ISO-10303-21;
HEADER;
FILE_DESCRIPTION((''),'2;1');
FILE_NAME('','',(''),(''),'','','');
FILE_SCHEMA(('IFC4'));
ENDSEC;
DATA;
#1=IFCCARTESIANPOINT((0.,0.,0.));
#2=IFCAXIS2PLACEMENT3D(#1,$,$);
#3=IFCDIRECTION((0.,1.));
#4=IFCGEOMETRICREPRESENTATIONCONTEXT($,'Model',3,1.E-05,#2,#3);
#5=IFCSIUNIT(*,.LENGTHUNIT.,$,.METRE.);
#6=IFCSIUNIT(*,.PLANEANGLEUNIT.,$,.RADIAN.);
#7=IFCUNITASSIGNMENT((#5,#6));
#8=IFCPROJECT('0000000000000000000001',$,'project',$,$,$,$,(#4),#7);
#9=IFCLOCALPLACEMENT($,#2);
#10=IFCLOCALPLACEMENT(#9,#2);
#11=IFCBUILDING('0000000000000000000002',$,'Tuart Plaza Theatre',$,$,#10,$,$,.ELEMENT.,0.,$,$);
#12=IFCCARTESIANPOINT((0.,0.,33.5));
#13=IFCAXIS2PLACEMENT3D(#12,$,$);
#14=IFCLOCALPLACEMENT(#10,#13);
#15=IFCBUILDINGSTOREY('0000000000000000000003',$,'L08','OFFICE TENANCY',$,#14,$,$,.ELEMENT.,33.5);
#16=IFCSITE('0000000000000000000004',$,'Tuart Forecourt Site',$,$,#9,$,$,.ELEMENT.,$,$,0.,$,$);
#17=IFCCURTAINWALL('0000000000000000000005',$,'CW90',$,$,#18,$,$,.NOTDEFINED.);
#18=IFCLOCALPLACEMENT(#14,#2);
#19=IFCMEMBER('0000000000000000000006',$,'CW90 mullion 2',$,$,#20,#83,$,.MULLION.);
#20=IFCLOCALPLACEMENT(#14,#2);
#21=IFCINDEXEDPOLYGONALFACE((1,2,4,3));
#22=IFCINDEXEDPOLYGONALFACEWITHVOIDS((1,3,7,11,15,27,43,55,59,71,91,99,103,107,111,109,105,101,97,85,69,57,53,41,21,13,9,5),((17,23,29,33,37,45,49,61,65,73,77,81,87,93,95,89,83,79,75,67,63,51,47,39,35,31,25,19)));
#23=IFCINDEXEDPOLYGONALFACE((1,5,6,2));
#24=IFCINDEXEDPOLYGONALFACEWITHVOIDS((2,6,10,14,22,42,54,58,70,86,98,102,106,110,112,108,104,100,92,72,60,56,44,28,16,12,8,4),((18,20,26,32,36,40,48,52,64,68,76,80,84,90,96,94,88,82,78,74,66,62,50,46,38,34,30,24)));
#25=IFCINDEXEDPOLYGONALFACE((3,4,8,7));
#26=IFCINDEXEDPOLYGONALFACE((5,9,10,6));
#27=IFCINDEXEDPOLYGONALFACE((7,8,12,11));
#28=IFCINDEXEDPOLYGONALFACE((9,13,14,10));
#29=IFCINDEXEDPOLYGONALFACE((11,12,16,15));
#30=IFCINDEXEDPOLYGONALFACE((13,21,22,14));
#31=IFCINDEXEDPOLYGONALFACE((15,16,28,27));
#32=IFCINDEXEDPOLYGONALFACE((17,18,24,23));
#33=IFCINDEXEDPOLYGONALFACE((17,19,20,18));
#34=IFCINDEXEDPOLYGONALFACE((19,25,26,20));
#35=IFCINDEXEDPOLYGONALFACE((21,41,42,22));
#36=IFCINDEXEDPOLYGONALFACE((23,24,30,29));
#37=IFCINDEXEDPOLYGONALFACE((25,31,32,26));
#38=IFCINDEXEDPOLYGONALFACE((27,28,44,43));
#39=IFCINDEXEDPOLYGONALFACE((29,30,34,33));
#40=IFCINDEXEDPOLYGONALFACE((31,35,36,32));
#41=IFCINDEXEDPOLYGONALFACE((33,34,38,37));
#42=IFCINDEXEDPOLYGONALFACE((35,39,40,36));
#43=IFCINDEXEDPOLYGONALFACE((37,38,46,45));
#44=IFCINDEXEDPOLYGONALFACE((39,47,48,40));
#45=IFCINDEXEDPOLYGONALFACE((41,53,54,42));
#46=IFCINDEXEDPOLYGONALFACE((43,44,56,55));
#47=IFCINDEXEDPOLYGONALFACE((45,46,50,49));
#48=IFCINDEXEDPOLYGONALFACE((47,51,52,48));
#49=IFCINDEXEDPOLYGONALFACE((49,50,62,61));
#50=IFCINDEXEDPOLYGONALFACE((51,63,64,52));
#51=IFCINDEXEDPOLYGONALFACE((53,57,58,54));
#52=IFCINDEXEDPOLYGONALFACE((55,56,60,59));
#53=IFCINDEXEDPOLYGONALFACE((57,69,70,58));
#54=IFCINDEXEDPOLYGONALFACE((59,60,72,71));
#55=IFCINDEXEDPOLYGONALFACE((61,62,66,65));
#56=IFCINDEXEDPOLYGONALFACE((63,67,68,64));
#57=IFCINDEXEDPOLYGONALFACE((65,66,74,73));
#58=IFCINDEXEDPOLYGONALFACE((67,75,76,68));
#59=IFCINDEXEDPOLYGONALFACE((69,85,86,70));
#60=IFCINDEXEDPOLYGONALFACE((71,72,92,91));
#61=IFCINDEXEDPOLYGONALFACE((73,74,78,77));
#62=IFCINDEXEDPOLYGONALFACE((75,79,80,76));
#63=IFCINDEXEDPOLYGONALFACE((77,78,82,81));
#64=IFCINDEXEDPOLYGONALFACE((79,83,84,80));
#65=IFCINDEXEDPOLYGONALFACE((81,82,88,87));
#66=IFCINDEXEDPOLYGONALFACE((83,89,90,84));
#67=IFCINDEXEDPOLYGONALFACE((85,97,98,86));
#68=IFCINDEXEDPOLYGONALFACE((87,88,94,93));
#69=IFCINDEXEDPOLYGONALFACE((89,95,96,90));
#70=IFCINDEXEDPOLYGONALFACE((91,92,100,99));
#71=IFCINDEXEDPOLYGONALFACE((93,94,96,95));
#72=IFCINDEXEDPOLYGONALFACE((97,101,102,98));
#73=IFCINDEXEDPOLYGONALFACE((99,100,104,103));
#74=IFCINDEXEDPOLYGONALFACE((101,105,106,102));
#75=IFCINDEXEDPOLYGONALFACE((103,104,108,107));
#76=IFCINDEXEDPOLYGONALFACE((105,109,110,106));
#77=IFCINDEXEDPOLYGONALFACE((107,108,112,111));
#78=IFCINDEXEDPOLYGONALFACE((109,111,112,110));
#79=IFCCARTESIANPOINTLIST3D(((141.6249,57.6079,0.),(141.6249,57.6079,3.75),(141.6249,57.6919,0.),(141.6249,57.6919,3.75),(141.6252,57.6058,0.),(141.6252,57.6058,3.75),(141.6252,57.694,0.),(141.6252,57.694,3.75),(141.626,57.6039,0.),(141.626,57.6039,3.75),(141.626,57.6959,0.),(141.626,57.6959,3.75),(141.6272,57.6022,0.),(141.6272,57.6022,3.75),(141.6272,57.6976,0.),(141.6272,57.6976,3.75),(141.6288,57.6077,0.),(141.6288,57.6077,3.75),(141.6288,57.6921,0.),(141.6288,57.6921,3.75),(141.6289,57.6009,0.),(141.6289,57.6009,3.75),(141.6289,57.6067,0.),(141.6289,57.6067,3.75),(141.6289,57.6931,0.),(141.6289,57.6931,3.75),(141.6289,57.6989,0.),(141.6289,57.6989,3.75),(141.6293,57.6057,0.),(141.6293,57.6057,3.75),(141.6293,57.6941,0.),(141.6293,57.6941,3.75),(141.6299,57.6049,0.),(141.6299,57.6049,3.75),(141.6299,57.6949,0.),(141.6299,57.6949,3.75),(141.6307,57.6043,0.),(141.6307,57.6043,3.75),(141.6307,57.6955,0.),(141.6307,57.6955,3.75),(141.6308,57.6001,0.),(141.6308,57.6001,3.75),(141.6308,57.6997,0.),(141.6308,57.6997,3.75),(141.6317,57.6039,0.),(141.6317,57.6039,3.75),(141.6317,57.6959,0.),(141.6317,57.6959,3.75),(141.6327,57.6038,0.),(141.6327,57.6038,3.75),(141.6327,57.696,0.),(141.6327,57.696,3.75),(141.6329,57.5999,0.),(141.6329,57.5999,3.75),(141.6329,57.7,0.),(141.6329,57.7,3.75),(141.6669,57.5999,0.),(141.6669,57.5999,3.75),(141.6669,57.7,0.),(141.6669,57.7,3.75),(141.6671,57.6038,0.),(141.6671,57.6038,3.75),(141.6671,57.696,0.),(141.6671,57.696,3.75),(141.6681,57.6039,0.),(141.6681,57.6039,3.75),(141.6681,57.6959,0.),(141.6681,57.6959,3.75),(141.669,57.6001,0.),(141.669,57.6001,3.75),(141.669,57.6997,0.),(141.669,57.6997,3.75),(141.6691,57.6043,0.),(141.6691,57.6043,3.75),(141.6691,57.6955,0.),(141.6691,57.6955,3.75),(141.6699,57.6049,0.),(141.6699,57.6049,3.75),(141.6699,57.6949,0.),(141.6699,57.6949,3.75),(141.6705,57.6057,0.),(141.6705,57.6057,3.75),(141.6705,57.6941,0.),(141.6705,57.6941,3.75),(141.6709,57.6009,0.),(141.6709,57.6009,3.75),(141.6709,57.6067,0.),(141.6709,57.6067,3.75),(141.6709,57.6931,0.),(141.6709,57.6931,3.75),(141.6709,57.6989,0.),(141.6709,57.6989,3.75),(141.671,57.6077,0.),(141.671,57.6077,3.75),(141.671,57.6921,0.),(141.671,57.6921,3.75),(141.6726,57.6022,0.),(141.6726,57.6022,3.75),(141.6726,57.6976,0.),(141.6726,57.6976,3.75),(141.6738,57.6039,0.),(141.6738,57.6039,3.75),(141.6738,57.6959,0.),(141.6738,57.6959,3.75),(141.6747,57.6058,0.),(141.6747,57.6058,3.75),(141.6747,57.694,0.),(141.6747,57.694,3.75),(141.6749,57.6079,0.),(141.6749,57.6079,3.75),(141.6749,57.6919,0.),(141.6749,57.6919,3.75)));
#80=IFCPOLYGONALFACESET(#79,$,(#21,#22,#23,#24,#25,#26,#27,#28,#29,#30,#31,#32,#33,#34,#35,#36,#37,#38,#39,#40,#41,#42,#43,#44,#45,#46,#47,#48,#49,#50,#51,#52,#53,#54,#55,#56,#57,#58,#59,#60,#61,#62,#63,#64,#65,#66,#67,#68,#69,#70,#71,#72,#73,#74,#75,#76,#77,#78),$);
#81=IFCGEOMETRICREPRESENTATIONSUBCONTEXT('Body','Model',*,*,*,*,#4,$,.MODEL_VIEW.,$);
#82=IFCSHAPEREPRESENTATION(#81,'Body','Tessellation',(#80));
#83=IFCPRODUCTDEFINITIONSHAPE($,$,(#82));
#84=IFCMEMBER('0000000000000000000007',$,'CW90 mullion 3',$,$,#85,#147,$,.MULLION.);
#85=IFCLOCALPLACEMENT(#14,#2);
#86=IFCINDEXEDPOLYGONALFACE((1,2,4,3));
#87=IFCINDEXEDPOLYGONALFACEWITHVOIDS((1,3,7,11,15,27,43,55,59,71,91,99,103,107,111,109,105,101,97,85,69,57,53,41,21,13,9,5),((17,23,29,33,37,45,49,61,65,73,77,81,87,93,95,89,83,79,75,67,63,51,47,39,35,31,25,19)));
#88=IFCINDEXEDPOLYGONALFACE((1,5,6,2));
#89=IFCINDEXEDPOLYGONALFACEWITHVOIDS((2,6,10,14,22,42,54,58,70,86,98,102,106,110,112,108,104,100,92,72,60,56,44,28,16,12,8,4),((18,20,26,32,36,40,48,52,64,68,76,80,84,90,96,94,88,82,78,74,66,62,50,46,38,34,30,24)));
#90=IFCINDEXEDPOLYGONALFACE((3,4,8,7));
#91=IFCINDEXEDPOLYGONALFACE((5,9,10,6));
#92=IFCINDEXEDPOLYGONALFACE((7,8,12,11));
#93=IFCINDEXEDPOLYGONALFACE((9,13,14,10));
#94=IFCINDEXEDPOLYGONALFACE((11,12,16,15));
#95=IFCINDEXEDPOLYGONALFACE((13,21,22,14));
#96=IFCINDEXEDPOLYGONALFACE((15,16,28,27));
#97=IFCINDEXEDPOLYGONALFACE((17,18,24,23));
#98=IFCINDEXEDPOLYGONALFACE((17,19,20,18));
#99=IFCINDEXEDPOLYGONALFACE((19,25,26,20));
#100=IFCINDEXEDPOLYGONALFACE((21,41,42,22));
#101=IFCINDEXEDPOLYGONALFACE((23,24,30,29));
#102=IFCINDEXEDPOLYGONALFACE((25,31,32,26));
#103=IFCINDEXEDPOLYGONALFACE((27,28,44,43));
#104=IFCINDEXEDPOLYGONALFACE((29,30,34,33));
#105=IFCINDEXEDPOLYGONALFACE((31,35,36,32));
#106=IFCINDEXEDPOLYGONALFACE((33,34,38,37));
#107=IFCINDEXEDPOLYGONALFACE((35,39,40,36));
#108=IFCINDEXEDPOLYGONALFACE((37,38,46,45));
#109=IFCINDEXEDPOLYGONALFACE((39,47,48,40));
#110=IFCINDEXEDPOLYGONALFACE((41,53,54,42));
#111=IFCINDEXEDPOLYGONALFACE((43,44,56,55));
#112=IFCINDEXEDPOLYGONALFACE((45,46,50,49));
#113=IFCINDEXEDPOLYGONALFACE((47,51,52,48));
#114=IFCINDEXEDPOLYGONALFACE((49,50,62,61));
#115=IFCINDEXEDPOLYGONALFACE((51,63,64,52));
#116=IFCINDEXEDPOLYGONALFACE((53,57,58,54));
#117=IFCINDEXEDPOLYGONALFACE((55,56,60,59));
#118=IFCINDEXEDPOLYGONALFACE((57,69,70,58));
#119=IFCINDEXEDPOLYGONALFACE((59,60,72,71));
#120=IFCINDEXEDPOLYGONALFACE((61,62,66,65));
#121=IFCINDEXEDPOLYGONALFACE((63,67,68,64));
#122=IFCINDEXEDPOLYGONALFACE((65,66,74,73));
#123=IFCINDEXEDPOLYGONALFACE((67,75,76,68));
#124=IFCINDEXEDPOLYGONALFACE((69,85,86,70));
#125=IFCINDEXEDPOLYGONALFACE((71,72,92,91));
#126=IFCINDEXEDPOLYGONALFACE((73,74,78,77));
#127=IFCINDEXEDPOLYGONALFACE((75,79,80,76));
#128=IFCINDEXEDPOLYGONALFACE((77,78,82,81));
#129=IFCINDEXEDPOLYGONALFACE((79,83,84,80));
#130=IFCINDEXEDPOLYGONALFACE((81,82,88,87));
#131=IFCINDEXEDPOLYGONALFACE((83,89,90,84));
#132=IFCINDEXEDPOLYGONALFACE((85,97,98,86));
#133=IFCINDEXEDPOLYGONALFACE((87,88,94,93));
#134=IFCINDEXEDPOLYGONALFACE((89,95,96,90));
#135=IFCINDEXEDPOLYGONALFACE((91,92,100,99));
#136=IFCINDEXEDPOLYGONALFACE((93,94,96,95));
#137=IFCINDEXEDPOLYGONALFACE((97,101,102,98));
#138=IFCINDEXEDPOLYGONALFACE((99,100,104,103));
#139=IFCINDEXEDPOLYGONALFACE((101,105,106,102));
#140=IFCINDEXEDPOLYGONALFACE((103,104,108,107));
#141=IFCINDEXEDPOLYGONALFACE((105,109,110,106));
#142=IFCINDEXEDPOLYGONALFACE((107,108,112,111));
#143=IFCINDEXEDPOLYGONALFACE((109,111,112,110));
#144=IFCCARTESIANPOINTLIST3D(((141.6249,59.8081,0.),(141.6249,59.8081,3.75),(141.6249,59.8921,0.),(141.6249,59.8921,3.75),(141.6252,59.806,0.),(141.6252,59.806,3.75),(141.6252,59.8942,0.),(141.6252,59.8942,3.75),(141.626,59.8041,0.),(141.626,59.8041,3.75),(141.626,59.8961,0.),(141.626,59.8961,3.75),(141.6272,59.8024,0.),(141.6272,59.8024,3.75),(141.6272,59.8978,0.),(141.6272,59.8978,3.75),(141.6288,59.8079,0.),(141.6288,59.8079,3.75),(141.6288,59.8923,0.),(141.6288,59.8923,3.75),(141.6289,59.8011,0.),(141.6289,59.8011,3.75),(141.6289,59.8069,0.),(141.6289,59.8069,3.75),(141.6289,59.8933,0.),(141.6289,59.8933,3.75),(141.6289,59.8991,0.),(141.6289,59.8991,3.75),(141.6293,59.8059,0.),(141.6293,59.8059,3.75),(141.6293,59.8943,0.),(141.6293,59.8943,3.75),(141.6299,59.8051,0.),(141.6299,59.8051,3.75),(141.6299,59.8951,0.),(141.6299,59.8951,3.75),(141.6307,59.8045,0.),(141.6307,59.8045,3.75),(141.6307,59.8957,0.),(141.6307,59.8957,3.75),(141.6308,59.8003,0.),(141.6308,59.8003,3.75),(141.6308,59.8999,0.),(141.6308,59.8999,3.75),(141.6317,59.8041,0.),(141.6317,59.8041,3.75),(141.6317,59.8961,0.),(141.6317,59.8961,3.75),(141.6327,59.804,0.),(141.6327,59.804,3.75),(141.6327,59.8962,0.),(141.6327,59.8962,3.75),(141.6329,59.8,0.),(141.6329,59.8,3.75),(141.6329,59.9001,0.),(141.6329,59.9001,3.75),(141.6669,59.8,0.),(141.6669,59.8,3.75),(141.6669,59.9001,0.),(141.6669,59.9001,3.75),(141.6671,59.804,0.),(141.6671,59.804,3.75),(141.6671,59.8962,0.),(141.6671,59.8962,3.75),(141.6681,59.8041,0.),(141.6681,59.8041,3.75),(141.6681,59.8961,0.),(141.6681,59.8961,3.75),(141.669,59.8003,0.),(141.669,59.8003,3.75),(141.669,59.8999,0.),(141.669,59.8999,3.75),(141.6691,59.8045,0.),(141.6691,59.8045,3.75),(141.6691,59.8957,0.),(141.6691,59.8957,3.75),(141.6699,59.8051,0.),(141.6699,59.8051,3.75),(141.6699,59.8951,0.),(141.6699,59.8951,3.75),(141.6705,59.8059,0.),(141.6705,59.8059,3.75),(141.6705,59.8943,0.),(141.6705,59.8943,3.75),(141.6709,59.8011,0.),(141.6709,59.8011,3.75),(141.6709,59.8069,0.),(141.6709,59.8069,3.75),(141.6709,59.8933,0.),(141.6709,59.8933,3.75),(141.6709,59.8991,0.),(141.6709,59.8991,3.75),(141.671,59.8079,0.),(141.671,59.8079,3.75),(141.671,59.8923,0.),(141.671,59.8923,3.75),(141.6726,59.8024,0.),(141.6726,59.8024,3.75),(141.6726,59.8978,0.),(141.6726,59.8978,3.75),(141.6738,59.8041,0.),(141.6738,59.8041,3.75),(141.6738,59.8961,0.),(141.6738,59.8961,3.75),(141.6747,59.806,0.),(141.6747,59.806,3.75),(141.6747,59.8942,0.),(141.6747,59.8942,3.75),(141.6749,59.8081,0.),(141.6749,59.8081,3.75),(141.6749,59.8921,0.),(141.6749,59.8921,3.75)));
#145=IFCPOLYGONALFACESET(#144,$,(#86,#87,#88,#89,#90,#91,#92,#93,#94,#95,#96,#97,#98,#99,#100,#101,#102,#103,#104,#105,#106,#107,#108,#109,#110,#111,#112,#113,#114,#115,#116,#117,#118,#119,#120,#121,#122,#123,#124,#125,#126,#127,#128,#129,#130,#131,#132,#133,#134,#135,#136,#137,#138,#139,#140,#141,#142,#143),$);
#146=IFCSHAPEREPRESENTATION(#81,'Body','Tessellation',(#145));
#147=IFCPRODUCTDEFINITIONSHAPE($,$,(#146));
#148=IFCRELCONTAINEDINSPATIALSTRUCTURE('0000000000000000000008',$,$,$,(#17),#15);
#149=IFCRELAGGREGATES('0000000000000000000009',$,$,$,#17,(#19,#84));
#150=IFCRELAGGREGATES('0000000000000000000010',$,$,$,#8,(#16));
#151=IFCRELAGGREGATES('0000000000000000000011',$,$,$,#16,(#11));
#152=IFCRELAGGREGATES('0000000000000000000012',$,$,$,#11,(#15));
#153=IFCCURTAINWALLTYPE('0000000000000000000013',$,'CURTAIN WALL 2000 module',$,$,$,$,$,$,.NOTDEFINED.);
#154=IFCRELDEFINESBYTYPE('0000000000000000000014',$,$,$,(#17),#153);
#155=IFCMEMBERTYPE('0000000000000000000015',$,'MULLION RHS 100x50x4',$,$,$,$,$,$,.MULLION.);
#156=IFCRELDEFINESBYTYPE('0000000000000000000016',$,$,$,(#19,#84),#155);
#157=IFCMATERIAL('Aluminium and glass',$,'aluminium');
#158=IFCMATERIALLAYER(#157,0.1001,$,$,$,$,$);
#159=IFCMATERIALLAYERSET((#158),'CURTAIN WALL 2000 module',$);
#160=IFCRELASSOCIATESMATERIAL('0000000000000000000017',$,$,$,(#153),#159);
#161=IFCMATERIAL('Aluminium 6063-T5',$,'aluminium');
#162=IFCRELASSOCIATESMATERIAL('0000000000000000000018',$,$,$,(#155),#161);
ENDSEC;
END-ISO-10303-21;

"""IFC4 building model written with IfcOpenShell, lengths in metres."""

from ifc_helpers import new_model, si_unit, direction, frame, origin, origin_2d, place, context, subcontext, project, spatial, hollow_rectangle, extrude, material, layer, layer_set, material_profile, profile_set, type_object, element, aggregate, save


model = new_model("IFC4")

# Units and contexts
model_context = context("Model", 3, precision=1e-05, world=origin(), true_north=direction((0.0, 1.0)))
body_context = subcontext(model_context, "Body", "Model", "MODEL_VIEW")
ifc_project = project(units=[si_unit("LENGTHUNIT", "METRE"), si_unit("PLANEANGLEUNIT", "RADIAN")], contexts=[model_context])

# Site, building, storey
site_placement = place(None, origin())
site = spatial("IfcSite", under=ifc_project, at=site_placement, Name="Tuart Forecourt Site", CompositionType="ELEMENT", RefElevation=0.0)
building_placement = place(site_placement, origin())
building = spatial("IfcBuilding", under=site, at=building_placement, Name="Tuart Plaza Theatre", CompositionType="ELEMENT", ElevationOfRefHeight=0.0)
storey_placement = place(building_placement, frame((0.0, 0.0, 33.5)))
storey = spatial("IfcBuildingStorey", under=building, at=storey_placement, Name="L08", Description="OFFICE TENANCY", CompositionType="ELEMENT", Elevation=33.5)

# Shared definitions
ifc_material_1 = material(Name="Aluminium and glass", Category="aluminium")
ifc_layer_1 = layer(ifc_material_1, 0.1001)
ifc_layer_set_1 = layer_set([ifc_layer_1], Name="CURTAIN WALL 2000 module")
curtain_wall_type = type_object("IfcCurtainWallType", Name="CURTAIN WALL 2000 module", PredefinedType="NOTDEFINED", material=ifc_layer_set_1)
ifc_material_2 = material(Name="Aluminium 6063-T5", Category="aluminium")
ifc_material_profile_1 = material_profile(ifc_material_2, hollow_rectangle(XDim=0.05, YDim=0.1001, WallThickness=0.0039, InnerFilletRadius=0.0039, OuterFilletRadius=0.0081, at=origin_2d()), Name="RHS 100x50x4")
ifc_profile_set_1 = profile_set([ifc_material_profile_1], Name="Aluminium 6063-T5")
member_type_1 = type_object("IfcMemberType", Name="MULLION RHS 100x50x4", PredefinedType="MULLION", material=ifc_profile_set_1)

# Curtain wall, members
curtain_wall_1_placement = place(storey_placement, origin())
curtain_wall_1 = element("IfcCurtainWall", 1, at=curtain_wall_1_placement, inside=storey, type_object=curtain_wall_type, Name="CW90", PredefinedType="NOTDEFINED")
member_1_placement = place(storey_placement, frame((141.6499, 57.6499, 0.0), z_axis=(0.0, 0.0, 1.0), x_axis=(-1.0, 0.0, 0.0)))
member_1 = element("IfcMember", 2, at=member_1_placement, type_object=member_type_1, Name="CW90 mullion 2", PredefinedType="MULLION", context=body_context, shape_type="SweptSolid", body=[
    extrude(hollow_rectangle(XDim=0.05, YDim=0.1001, WallThickness=0.0039, InnerFilletRadius=0.0039, OuterFilletRadius=0.0081, at=origin_2d()), origin(), (0.0, 0.0, 1.0), 3.75),
])
member_2_placement = place(storey_placement, frame((141.6499, 59.8501, 0.0), z_axis=(0.0, 0.0, 1.0), x_axis=(-1.0, 0.0, 0.0)))
member_2 = element("IfcMember", 3, at=member_2_placement, type_object=member_type_1, Name="CW90 mullion 3", PredefinedType="MULLION", context=body_context, shape_type="SweptSolid", body=[
    extrude(hollow_rectangle(XDim=0.05, YDim=0.1001, WallThickness=0.0039, InnerFilletRadius=0.0039, OuterFilletRadius=0.0081, at=origin_2d()), origin(), (0.0, 0.0, 1.0), 3.75),
])
aggregate(curtain_wall_1, [member_1, member_2])

save(model, "model.ifc")
